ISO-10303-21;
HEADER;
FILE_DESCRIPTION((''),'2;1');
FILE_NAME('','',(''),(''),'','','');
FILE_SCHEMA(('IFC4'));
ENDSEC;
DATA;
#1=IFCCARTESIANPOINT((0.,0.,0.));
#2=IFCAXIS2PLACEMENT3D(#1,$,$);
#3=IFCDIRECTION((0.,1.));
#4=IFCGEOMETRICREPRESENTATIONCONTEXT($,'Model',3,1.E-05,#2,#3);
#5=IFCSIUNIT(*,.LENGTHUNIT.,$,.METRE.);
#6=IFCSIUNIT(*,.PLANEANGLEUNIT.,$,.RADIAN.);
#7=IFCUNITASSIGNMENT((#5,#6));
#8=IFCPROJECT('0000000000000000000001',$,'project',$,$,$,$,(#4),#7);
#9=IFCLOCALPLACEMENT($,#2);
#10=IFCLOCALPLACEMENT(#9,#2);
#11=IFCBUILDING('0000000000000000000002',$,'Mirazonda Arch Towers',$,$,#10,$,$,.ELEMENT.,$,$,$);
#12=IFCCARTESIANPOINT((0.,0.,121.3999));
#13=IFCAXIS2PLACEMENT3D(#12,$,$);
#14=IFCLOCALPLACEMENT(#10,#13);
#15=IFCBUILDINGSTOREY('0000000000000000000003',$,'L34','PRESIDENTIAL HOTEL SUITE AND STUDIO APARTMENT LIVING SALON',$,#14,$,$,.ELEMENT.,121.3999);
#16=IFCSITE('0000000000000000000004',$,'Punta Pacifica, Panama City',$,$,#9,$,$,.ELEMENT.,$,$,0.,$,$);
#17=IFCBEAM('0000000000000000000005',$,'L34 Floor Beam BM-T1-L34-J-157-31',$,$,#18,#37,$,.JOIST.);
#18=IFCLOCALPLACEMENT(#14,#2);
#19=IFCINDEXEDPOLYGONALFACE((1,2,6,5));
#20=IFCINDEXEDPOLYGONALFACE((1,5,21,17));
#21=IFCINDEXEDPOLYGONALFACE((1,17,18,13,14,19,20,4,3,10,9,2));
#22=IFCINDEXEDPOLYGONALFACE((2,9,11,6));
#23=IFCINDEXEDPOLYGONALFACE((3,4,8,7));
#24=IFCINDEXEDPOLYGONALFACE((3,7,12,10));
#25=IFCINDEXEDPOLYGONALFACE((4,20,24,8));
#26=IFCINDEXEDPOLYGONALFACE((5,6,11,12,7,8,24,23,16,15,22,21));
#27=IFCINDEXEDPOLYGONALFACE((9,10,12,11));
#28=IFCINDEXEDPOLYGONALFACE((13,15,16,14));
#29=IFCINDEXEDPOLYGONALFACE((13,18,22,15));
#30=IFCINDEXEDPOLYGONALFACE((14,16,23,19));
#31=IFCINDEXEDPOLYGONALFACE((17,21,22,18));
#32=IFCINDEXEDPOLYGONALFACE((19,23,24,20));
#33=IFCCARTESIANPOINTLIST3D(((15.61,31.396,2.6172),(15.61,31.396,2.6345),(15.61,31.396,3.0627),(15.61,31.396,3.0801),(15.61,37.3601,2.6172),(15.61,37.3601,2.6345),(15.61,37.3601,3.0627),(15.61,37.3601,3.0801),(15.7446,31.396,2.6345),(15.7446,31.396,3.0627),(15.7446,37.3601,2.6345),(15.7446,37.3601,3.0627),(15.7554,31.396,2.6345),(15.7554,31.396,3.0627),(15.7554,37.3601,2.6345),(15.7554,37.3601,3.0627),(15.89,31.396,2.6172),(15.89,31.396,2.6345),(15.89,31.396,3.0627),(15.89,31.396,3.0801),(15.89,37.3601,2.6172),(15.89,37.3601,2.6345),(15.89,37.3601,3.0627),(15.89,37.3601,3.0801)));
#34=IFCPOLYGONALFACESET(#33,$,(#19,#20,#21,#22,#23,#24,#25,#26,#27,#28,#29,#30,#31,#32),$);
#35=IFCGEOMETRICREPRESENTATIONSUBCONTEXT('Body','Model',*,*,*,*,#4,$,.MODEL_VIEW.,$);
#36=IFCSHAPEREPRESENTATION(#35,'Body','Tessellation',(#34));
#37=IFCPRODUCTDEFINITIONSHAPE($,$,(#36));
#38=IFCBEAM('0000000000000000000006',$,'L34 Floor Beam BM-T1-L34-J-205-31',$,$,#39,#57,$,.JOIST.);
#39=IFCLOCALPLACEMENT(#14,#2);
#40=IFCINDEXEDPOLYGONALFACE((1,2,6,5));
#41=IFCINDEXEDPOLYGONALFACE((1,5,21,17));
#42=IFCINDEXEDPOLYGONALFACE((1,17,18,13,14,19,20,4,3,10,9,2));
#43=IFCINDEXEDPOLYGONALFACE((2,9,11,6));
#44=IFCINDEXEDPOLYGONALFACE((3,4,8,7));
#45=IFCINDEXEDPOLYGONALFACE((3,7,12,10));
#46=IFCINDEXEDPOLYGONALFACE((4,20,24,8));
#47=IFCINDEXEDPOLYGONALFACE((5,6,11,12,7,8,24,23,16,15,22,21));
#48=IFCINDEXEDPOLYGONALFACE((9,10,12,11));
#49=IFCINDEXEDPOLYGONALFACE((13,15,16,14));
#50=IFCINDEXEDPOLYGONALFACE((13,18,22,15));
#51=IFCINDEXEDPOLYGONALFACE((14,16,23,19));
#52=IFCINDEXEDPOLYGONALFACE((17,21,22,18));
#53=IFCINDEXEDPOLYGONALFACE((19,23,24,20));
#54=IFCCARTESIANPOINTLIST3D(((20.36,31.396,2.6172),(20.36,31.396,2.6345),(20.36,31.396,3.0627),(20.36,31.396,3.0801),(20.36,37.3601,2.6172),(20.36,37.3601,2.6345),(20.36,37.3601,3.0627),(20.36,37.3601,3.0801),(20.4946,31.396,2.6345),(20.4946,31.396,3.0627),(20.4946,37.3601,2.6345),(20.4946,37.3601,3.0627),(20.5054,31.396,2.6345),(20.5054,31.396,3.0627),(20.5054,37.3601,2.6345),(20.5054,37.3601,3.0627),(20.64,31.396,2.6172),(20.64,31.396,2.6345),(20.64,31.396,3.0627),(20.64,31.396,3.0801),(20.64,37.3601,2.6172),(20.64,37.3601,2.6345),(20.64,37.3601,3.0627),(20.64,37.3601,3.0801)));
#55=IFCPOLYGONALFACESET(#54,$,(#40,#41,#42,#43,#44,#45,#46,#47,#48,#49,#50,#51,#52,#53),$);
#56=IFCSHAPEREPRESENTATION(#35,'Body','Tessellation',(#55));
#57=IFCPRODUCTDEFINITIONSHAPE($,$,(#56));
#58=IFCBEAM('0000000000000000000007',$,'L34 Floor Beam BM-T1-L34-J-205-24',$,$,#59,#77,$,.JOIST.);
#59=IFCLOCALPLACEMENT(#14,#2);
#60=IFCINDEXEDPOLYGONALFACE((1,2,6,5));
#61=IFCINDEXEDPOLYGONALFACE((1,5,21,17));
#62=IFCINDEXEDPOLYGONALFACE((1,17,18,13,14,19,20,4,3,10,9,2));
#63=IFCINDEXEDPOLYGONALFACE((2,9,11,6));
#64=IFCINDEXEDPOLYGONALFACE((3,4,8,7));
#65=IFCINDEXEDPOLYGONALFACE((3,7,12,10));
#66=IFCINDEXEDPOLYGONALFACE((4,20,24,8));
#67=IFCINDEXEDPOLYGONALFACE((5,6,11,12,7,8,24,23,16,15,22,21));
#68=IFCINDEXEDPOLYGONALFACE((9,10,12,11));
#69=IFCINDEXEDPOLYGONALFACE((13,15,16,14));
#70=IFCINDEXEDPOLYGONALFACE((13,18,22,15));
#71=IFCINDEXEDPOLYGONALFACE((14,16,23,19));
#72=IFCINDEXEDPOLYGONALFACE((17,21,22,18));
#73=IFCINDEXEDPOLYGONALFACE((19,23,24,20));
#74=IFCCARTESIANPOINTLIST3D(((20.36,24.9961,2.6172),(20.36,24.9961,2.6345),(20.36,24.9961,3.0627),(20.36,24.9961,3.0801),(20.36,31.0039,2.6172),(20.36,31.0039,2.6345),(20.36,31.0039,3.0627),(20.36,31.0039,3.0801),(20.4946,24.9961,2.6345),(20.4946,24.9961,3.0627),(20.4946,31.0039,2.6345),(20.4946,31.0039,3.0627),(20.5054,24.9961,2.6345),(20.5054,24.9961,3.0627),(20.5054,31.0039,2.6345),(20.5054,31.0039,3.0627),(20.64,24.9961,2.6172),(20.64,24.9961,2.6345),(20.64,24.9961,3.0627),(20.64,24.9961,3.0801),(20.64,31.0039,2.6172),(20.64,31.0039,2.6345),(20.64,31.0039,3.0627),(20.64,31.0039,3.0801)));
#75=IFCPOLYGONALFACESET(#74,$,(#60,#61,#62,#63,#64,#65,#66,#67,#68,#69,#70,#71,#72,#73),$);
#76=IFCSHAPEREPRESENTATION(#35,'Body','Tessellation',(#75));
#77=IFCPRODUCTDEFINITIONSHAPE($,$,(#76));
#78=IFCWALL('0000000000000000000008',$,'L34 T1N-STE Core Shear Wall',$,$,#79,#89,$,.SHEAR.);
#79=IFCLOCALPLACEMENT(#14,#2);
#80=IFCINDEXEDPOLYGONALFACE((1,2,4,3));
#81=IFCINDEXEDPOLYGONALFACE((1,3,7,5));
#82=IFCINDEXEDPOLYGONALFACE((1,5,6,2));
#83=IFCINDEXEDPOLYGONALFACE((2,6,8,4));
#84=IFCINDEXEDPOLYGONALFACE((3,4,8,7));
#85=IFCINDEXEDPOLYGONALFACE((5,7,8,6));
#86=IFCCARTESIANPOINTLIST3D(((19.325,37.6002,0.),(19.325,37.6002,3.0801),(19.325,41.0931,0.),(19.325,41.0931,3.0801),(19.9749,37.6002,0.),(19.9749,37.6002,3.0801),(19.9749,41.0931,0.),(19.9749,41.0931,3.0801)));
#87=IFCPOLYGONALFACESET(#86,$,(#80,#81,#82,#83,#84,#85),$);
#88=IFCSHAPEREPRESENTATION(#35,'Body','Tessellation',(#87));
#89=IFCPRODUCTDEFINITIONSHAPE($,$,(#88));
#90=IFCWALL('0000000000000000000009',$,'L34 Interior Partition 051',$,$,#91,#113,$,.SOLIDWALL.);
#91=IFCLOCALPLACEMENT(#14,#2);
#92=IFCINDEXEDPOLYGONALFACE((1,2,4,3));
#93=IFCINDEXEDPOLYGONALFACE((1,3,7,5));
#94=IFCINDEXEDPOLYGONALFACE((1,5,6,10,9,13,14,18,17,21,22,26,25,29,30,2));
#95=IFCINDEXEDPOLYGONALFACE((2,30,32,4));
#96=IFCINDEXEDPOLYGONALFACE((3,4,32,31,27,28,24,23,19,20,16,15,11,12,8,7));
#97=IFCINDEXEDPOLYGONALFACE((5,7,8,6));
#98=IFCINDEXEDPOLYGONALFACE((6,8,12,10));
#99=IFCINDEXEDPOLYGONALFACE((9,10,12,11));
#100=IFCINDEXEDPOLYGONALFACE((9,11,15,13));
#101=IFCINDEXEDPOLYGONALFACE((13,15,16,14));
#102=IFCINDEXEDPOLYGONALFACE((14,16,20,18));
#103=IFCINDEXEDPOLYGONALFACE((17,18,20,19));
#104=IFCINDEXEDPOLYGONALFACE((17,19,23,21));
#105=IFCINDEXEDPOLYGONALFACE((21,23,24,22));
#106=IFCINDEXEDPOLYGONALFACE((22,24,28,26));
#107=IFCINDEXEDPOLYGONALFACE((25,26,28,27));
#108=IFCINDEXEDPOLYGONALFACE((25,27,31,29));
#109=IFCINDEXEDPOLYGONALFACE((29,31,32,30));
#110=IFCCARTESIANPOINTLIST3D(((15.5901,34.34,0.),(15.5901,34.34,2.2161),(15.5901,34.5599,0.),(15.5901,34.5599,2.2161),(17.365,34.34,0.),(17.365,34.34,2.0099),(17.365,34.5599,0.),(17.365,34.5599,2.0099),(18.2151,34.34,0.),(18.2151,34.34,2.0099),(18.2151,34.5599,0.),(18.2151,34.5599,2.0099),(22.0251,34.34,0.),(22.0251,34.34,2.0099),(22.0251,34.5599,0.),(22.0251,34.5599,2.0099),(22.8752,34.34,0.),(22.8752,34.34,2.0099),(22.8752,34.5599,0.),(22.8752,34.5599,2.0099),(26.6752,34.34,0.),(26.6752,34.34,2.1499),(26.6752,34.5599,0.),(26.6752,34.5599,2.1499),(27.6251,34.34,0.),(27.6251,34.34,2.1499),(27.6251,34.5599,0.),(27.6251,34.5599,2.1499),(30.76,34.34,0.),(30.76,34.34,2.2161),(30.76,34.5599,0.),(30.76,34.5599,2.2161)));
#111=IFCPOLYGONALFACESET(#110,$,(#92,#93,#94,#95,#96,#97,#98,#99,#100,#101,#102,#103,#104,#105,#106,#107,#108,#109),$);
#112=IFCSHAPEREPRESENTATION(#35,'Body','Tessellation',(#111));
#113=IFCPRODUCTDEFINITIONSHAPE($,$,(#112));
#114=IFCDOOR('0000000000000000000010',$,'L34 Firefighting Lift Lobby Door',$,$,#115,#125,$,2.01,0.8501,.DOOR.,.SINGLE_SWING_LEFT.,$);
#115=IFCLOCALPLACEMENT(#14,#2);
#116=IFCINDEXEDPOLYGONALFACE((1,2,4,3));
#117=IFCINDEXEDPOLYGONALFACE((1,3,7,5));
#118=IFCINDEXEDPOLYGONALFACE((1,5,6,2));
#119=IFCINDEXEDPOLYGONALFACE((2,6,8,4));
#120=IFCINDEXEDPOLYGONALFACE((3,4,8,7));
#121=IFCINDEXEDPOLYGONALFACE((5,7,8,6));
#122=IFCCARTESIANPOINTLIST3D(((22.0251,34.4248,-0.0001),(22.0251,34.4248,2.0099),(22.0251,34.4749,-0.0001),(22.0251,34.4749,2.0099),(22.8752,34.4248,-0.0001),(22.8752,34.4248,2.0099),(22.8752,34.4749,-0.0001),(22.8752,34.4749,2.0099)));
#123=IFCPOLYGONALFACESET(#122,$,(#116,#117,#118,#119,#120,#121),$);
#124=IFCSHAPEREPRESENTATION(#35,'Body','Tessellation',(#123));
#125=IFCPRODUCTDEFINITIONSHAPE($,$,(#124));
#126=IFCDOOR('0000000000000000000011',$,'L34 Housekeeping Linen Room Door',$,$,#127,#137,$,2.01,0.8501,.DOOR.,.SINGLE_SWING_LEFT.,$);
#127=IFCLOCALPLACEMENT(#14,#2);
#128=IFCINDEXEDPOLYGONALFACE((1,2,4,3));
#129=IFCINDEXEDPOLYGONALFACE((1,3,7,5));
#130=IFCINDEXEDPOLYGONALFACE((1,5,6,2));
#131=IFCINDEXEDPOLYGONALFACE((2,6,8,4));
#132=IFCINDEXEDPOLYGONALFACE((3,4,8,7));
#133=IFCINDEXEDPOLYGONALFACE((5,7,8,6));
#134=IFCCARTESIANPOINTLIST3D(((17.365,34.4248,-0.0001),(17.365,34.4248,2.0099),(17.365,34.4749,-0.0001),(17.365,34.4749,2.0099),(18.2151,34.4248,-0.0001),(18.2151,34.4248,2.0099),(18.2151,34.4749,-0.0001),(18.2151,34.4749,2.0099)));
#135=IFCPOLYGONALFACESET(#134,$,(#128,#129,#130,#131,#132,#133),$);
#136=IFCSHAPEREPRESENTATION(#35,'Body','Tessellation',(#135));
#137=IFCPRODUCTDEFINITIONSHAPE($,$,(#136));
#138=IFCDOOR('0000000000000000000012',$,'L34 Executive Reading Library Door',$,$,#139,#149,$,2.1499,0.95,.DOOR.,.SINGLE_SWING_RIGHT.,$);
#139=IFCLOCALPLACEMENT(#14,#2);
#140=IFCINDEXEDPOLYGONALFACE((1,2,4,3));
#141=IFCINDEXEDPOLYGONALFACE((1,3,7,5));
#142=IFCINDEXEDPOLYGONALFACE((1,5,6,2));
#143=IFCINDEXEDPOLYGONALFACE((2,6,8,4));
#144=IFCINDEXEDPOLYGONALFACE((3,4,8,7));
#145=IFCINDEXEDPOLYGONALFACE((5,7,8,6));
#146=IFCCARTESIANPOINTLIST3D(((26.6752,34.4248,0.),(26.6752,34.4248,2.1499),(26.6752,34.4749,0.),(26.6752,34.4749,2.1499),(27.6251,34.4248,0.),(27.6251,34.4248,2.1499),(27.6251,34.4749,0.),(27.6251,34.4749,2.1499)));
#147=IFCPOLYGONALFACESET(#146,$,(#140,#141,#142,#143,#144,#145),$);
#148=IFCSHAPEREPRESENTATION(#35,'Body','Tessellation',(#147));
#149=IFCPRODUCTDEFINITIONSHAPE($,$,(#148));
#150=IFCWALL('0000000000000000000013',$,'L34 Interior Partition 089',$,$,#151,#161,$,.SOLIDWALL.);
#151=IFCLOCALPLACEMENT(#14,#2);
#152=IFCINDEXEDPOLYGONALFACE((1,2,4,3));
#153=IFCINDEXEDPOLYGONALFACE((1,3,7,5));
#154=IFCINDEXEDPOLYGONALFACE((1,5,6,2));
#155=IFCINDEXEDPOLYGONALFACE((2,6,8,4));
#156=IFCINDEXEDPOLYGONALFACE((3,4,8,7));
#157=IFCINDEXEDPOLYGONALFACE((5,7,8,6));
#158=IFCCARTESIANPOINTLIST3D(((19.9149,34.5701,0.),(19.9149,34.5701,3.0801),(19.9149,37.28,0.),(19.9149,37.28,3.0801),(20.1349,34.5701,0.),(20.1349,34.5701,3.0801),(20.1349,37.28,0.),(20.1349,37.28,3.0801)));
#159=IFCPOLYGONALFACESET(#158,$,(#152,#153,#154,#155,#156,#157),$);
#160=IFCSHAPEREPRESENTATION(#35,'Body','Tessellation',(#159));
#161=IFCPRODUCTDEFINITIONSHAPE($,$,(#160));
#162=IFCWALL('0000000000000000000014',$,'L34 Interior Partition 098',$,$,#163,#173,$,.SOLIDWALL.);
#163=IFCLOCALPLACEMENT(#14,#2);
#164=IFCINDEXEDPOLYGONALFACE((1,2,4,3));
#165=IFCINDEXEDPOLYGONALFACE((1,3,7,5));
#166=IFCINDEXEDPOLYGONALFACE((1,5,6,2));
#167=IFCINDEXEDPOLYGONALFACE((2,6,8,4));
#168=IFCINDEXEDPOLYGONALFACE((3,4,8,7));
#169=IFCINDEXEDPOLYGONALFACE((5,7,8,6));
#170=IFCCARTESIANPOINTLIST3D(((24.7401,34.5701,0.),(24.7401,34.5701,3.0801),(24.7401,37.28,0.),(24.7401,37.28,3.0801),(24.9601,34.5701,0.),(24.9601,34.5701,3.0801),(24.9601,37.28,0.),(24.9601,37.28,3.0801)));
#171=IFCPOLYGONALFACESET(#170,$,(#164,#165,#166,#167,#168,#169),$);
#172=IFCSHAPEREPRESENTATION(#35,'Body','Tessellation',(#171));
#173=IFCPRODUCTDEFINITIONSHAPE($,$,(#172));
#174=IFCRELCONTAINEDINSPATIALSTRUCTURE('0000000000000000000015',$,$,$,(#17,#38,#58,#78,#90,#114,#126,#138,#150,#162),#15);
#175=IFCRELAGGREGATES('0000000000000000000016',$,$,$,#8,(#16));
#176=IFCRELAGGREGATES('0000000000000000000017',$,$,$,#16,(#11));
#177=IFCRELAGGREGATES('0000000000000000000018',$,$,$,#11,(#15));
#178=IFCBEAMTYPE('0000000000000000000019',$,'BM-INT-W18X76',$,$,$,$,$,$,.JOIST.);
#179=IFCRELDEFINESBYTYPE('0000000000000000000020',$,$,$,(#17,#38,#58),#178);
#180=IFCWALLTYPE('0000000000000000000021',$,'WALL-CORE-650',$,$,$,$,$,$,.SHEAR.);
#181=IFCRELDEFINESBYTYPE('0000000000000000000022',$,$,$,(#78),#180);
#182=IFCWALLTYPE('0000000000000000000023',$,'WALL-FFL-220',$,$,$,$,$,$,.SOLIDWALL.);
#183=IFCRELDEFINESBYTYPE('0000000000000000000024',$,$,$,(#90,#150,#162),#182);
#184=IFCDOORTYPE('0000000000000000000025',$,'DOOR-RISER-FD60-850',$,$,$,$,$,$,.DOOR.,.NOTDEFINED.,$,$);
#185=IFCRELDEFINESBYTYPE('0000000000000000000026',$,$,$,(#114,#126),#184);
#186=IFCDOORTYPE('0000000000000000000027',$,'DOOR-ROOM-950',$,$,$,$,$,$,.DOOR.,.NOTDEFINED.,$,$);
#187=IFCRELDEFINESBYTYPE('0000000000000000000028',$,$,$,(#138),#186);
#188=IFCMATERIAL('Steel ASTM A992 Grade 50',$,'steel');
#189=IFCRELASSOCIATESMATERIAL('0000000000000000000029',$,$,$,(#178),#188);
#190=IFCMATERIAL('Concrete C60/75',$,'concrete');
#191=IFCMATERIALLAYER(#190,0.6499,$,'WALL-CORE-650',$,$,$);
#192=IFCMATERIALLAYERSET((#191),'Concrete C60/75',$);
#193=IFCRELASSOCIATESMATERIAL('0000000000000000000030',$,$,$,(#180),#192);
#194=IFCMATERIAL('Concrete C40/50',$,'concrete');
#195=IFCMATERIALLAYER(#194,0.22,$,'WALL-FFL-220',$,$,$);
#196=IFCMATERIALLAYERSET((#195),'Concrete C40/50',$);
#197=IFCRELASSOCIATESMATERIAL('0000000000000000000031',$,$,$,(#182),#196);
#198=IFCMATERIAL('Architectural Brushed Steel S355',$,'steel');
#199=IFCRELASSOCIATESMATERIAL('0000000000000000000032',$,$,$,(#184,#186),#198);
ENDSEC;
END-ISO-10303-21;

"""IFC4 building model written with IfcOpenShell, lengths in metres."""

from ifc_helpers import new_model, si_unit, direction, frame, frame_2d, origin, origin_2d, place, context, subcontext, project, spatial, rectangle, i_section, extrude, material, layer, layer_set, material_profile, profile_set, type_object, element, fill, save


model = new_model("IFC4")

# Units and contexts
model_context = context("Model", 3, precision=1e-05, world=origin(), true_north=direction((0.0, 1.0)))
body_context = subcontext(model_context, "Body", "Model", "MODEL_VIEW")
ifc_project = project(units=[si_unit("LENGTHUNIT", "METRE"), si_unit("PLANEANGLEUNIT", "RADIAN")], contexts=[model_context])

# Site, building, storey
site_placement = place(None, origin())
site = spatial("IfcSite", under=ifc_project, at=site_placement, Name="Punta Pacifica, Panama City", CompositionType="ELEMENT", RefElevation=0.0)
building_placement = place(site_placement, origin())
building = spatial("IfcBuilding", under=site, at=building_placement, Name="Mirazonda Arch Towers", CompositionType="ELEMENT")
storey_placement = place(building_placement, frame((0.0, 0.0, 121.3999)))
storey = spatial("IfcBuildingStorey", under=building, at=storey_placement, Name="L34", Description="PRESIDENTIAL HOTEL SUITE AND STUDIO APARTMENT LIVING SALON", CompositionType="ELEMENT", Elevation=121.3999)

# Beams
ifc_material_1 = material(Name="Steel ASTM A992 Grade 50", Category="steel")
ifc_material_profile = material_profile(ifc_material_1, i_section(OverallWidth=0.28, OverallDepth=0.4629, WebThickness=0.0107, FlangeThickness=0.0173, at=origin_2d()), Name="W18X76")
ifc_profile_set = profile_set([ifc_material_profile], Name="Steel ASTM A992 Grade 50")
beam_type = type_object("IfcBeamType", Name="BM-INT-W18X76", PredefinedType="JOIST", material=ifc_profile_set)
for number, where, z_axis, x_axis, name in (
    (1, (15.75, 31.396, 2.8486), (0.0, 1.0, 0.0), (-1.0, 0.0, 0.0), "L34 Floor Beam BM-T1-L34-J-157-31"),
    (2, (20.5, 31.396, 2.8486), (0.0, 1.0, 0.0), (-1.0, 0.0, 0.0), "L34 Floor Beam BM-T1-L34-J-205-31"),
):
    element("IfcBeam", number, at=place(storey_placement, frame(where, z_axis=z_axis, x_axis=x_axis)), inside=storey, type_object=beam_type, Name=name, PredefinedType="JOIST", context=body_context, shape_type="SweptSolid", body=[
        extrude(i_section(OverallWidth=0.28, OverallDepth=0.4629, WebThickness=0.0107, FlangeThickness=0.0173, at=origin_2d()), origin(), (0.0, 0.0, 1.0), 5.9641),
    ])
beam_placement = place(storey_placement, frame((20.5, 24.9961, 2.8486), z_axis=(0.0, 1.0, 0.0), x_axis=(-1.0, 0.0, 0.0)))
element("IfcBeam", 3, at=beam_placement, inside=storey, type_object=beam_type, Name="L34 Floor Beam BM-T1-L34-J-205-24", PredefinedType="JOIST", context=body_context, shape_type="SweptSolid", body=[
    extrude(i_section(OverallWidth=0.28, OverallDepth=0.4629, WebThickness=0.0107, FlangeThickness=0.0173, at=origin_2d()), origin(), (0.0, 0.0, 1.0), 6.0078),
])

# Wall
ifc_material_2 = material(Name="Concrete C60/75", Category="concrete")
ifc_layer_1 = layer(ifc_material_2, 0.6499, Name="WALL-CORE-650")
ifc_layer_set_1 = layer_set([ifc_layer_1], Name="Concrete C60/75")
wall_type_1 = type_object("IfcWallType", Name="WALL-CORE-650", PredefinedType="SHEAR", material=ifc_layer_set_1)
wall_1_placement = place(storey_placement, frame((19.6499, 37.6001, 0.0), z_axis=(0.0, 0.0, 1.0), x_axis=(0.0, 1.0, 0.0)))
element("IfcWall", 4, at=wall_1_placement, inside=storey, type_object=wall_type_1, Name="L34 T1N-STE Core Shear Wall", PredefinedType="SHEAR", context=body_context, shape_type="SweptSolid", body=[
    extrude(rectangle(XDim=3.4929, YDim=0.6499, at=frame_2d((1.7466, 0.0))), origin(), (0.0, 0.0, 1.0), 3.0801),
])

# Wall, openings, doors
ifc_material_3 = material(Name="Concrete C40/50", Category="concrete")
ifc_layer_2 = layer(ifc_material_3, 0.22, Name="WALL-FFL-220")
ifc_layer_set_2 = layer_set([ifc_layer_2], Name="Concrete C40/50")
wall_type_2 = type_object("IfcWallType", Name="WALL-FFL-220", PredefinedType="SOLIDWALL", material=ifc_layer_set_2)
wall_2_placement = place(storey_placement, frame((15.5901, 34.45, 0.0), z_axis=(0.0, 0.0, 1.0), x_axis=(1.0, 0.0, 0.0)))
wall_2 = element("IfcWall", 5, at=wall_2_placement, inside=storey, type_object=wall_type_2, Name="L34 Interior Partition 051", PredefinedType="SOLIDWALL", context=body_context, shape_type="SweptSolid", body=[
    extrude(rectangle(XDim=15.1699, YDim=0.22, at=frame_2d((7.585, 0.0))), origin(), (0.0, 0.0, 1.0), 2.2161),
])
opening_1_placement = place(wall_2_placement, frame((6.4351, 0.0, 0.0)))
opening_1 = element("IfcOpeningElement", 6, at=opening_1_placement, cuts=wall_2, PredefinedType="OPENING", context=body_context, shape_type="SweptSolid", body=[
    extrude(rectangle(XDim=0.8501, YDim=2.01, at=frame_2d((0.425, 1.0049))), frame((0.0, 0.1199, 0.0), z_axis=(0.0, -1.0, 0.0), x_axis=(1.0, 0.0, 0.0)), (0.0, 0.0, 1.0), 0.24),
])
opening_2_placement = place(wall_2_placement, frame((11.085, 0.0, 0.0)))
opening_2 = element("IfcOpeningElement", 7, at=opening_2_placement, cuts=wall_2, PredefinedType="OPENING", context=body_context, shape_type="SweptSolid", body=[
    extrude(rectangle(XDim=0.95, YDim=2.1499, at=frame_2d((0.4751, 1.075))), frame((0.0, 0.1199, 0.0), z_axis=(0.0, -1.0, 0.0), x_axis=(1.0, 0.0, 0.0)), (0.0, 0.0, 1.0), 0.24),
])
opening_3_placement = place(wall_2_placement, frame((1.7749, 0.0, 0.0)))
opening_3 = element("IfcOpeningElement", 8, at=opening_3_placement, cuts=wall_2, PredefinedType="OPENING", context=body_context, shape_type="SweptSolid", body=[
    extrude(rectangle(XDim=0.8501, YDim=2.01, at=frame_2d((0.425, 1.0049))), frame((0.0, 0.1199, 0.0), z_axis=(0.0, -1.0, 0.0), x_axis=(1.0, 0.0, 0.0)), (0.0, 0.0, 1.0), 0.24),
])
ifc_material_4 = material(Name="Architectural Brushed Steel S355", Category="steel")
door_type_1 = type_object("IfcDoorType", Name="DOOR-RISER-FD60-850", OperationType="NOTDEFINED", PredefinedType="DOOR", material=ifc_material_4)
door_1_placement = place(opening_1_placement, origin())
door_1 = element("IfcDoor", 9, at=door_1_placement, inside=storey, type_object=door_type_1, Name="L34 Firefighting Lift Lobby Door", OperationType="SINGLE_SWING_LEFT", OverallHeight=2.01, OverallWidth=0.8501, PredefinedType="DOOR", context=body_context, shape_type="SweptSolid", body=[
    extrude(rectangle(XDim=0.8501, YDim=2.01, at=frame_2d((0.425, 1.0049))), frame((0.0, 0.0249, 0.0), z_axis=(0.0, -1.0, 0.0), x_axis=(1.0, 0.0, 0.0)), (0.0, 0.0, 1.0), 0.05),
])
fill(opening_1, door_1)
door_2_placement = place(opening_3_placement, origin())
door_2 = element("IfcDoor", 10, at=door_2_placement, inside=storey, type_object=door_type_1, Name="L34 Housekeeping Linen Room Door", OperationType="SINGLE_SWING_LEFT", OverallHeight=2.01, OverallWidth=0.8501, PredefinedType="DOOR", context=body_context, shape_type="SweptSolid", body=[
    extrude(rectangle(XDim=0.8501, YDim=2.01, at=frame_2d((0.425, 1.0049))), frame((0.0, 0.0249, 0.0), z_axis=(0.0, -1.0, 0.0), x_axis=(1.0, 0.0, 0.0)), (0.0, 0.0, 1.0), 0.05),
])
fill(opening_3, door_2)
door_type_2 = type_object("IfcDoorType", Name="DOOR-ROOM-950", OperationType="NOTDEFINED", PredefinedType="DOOR", material=ifc_material_4)
door_3_placement = place(opening_2_placement, origin())
door_3 = element("IfcDoor", 11, at=door_3_placement, inside=storey, type_object=door_type_2, Name="L34 Executive Reading Library Door", OperationType="SINGLE_SWING_RIGHT", OverallHeight=2.1499, OverallWidth=0.95, PredefinedType="DOOR", context=body_context, shape_type="SweptSolid", body=[
    extrude(rectangle(XDim=0.95, YDim=2.1499, at=frame_2d((0.4751, 1.075))), frame((0.0, 0.0249, 0.0), z_axis=(0.0, -1.0, 0.0), x_axis=(1.0, 0.0, 0.0)), (0.0, 0.0, 1.0), 0.05),
])
fill(opening_2, door_3)

# Walls
for number, where, z_axis, x_axis, name in (
    (12, (20.0249, 34.5701, 0.0), (0.0, 0.0, 1.0), (0.0, 1.0, 0.0), "L34 Interior Partition 089"),
    (13, (24.8501, 34.5701, 0.0), (0.0, 0.0, 1.0), (0.0, 1.0, 0.0), "L34 Interior Partition 098"),
):
    element("IfcWall", number, at=place(storey_placement, frame(where, z_axis=z_axis, x_axis=x_axis)), inside=storey, type_object=wall_type_2, Name=name, PredefinedType="SOLIDWALL", context=body_context, shape_type="SweptSolid", body=[
        extrude(rectangle(XDim=2.71, YDim=0.22, at=frame_2d((1.355, 0.0))), origin(), (0.0, 0.0, 1.0), 3.0801),
    ])

save(model, "model.ifc")
